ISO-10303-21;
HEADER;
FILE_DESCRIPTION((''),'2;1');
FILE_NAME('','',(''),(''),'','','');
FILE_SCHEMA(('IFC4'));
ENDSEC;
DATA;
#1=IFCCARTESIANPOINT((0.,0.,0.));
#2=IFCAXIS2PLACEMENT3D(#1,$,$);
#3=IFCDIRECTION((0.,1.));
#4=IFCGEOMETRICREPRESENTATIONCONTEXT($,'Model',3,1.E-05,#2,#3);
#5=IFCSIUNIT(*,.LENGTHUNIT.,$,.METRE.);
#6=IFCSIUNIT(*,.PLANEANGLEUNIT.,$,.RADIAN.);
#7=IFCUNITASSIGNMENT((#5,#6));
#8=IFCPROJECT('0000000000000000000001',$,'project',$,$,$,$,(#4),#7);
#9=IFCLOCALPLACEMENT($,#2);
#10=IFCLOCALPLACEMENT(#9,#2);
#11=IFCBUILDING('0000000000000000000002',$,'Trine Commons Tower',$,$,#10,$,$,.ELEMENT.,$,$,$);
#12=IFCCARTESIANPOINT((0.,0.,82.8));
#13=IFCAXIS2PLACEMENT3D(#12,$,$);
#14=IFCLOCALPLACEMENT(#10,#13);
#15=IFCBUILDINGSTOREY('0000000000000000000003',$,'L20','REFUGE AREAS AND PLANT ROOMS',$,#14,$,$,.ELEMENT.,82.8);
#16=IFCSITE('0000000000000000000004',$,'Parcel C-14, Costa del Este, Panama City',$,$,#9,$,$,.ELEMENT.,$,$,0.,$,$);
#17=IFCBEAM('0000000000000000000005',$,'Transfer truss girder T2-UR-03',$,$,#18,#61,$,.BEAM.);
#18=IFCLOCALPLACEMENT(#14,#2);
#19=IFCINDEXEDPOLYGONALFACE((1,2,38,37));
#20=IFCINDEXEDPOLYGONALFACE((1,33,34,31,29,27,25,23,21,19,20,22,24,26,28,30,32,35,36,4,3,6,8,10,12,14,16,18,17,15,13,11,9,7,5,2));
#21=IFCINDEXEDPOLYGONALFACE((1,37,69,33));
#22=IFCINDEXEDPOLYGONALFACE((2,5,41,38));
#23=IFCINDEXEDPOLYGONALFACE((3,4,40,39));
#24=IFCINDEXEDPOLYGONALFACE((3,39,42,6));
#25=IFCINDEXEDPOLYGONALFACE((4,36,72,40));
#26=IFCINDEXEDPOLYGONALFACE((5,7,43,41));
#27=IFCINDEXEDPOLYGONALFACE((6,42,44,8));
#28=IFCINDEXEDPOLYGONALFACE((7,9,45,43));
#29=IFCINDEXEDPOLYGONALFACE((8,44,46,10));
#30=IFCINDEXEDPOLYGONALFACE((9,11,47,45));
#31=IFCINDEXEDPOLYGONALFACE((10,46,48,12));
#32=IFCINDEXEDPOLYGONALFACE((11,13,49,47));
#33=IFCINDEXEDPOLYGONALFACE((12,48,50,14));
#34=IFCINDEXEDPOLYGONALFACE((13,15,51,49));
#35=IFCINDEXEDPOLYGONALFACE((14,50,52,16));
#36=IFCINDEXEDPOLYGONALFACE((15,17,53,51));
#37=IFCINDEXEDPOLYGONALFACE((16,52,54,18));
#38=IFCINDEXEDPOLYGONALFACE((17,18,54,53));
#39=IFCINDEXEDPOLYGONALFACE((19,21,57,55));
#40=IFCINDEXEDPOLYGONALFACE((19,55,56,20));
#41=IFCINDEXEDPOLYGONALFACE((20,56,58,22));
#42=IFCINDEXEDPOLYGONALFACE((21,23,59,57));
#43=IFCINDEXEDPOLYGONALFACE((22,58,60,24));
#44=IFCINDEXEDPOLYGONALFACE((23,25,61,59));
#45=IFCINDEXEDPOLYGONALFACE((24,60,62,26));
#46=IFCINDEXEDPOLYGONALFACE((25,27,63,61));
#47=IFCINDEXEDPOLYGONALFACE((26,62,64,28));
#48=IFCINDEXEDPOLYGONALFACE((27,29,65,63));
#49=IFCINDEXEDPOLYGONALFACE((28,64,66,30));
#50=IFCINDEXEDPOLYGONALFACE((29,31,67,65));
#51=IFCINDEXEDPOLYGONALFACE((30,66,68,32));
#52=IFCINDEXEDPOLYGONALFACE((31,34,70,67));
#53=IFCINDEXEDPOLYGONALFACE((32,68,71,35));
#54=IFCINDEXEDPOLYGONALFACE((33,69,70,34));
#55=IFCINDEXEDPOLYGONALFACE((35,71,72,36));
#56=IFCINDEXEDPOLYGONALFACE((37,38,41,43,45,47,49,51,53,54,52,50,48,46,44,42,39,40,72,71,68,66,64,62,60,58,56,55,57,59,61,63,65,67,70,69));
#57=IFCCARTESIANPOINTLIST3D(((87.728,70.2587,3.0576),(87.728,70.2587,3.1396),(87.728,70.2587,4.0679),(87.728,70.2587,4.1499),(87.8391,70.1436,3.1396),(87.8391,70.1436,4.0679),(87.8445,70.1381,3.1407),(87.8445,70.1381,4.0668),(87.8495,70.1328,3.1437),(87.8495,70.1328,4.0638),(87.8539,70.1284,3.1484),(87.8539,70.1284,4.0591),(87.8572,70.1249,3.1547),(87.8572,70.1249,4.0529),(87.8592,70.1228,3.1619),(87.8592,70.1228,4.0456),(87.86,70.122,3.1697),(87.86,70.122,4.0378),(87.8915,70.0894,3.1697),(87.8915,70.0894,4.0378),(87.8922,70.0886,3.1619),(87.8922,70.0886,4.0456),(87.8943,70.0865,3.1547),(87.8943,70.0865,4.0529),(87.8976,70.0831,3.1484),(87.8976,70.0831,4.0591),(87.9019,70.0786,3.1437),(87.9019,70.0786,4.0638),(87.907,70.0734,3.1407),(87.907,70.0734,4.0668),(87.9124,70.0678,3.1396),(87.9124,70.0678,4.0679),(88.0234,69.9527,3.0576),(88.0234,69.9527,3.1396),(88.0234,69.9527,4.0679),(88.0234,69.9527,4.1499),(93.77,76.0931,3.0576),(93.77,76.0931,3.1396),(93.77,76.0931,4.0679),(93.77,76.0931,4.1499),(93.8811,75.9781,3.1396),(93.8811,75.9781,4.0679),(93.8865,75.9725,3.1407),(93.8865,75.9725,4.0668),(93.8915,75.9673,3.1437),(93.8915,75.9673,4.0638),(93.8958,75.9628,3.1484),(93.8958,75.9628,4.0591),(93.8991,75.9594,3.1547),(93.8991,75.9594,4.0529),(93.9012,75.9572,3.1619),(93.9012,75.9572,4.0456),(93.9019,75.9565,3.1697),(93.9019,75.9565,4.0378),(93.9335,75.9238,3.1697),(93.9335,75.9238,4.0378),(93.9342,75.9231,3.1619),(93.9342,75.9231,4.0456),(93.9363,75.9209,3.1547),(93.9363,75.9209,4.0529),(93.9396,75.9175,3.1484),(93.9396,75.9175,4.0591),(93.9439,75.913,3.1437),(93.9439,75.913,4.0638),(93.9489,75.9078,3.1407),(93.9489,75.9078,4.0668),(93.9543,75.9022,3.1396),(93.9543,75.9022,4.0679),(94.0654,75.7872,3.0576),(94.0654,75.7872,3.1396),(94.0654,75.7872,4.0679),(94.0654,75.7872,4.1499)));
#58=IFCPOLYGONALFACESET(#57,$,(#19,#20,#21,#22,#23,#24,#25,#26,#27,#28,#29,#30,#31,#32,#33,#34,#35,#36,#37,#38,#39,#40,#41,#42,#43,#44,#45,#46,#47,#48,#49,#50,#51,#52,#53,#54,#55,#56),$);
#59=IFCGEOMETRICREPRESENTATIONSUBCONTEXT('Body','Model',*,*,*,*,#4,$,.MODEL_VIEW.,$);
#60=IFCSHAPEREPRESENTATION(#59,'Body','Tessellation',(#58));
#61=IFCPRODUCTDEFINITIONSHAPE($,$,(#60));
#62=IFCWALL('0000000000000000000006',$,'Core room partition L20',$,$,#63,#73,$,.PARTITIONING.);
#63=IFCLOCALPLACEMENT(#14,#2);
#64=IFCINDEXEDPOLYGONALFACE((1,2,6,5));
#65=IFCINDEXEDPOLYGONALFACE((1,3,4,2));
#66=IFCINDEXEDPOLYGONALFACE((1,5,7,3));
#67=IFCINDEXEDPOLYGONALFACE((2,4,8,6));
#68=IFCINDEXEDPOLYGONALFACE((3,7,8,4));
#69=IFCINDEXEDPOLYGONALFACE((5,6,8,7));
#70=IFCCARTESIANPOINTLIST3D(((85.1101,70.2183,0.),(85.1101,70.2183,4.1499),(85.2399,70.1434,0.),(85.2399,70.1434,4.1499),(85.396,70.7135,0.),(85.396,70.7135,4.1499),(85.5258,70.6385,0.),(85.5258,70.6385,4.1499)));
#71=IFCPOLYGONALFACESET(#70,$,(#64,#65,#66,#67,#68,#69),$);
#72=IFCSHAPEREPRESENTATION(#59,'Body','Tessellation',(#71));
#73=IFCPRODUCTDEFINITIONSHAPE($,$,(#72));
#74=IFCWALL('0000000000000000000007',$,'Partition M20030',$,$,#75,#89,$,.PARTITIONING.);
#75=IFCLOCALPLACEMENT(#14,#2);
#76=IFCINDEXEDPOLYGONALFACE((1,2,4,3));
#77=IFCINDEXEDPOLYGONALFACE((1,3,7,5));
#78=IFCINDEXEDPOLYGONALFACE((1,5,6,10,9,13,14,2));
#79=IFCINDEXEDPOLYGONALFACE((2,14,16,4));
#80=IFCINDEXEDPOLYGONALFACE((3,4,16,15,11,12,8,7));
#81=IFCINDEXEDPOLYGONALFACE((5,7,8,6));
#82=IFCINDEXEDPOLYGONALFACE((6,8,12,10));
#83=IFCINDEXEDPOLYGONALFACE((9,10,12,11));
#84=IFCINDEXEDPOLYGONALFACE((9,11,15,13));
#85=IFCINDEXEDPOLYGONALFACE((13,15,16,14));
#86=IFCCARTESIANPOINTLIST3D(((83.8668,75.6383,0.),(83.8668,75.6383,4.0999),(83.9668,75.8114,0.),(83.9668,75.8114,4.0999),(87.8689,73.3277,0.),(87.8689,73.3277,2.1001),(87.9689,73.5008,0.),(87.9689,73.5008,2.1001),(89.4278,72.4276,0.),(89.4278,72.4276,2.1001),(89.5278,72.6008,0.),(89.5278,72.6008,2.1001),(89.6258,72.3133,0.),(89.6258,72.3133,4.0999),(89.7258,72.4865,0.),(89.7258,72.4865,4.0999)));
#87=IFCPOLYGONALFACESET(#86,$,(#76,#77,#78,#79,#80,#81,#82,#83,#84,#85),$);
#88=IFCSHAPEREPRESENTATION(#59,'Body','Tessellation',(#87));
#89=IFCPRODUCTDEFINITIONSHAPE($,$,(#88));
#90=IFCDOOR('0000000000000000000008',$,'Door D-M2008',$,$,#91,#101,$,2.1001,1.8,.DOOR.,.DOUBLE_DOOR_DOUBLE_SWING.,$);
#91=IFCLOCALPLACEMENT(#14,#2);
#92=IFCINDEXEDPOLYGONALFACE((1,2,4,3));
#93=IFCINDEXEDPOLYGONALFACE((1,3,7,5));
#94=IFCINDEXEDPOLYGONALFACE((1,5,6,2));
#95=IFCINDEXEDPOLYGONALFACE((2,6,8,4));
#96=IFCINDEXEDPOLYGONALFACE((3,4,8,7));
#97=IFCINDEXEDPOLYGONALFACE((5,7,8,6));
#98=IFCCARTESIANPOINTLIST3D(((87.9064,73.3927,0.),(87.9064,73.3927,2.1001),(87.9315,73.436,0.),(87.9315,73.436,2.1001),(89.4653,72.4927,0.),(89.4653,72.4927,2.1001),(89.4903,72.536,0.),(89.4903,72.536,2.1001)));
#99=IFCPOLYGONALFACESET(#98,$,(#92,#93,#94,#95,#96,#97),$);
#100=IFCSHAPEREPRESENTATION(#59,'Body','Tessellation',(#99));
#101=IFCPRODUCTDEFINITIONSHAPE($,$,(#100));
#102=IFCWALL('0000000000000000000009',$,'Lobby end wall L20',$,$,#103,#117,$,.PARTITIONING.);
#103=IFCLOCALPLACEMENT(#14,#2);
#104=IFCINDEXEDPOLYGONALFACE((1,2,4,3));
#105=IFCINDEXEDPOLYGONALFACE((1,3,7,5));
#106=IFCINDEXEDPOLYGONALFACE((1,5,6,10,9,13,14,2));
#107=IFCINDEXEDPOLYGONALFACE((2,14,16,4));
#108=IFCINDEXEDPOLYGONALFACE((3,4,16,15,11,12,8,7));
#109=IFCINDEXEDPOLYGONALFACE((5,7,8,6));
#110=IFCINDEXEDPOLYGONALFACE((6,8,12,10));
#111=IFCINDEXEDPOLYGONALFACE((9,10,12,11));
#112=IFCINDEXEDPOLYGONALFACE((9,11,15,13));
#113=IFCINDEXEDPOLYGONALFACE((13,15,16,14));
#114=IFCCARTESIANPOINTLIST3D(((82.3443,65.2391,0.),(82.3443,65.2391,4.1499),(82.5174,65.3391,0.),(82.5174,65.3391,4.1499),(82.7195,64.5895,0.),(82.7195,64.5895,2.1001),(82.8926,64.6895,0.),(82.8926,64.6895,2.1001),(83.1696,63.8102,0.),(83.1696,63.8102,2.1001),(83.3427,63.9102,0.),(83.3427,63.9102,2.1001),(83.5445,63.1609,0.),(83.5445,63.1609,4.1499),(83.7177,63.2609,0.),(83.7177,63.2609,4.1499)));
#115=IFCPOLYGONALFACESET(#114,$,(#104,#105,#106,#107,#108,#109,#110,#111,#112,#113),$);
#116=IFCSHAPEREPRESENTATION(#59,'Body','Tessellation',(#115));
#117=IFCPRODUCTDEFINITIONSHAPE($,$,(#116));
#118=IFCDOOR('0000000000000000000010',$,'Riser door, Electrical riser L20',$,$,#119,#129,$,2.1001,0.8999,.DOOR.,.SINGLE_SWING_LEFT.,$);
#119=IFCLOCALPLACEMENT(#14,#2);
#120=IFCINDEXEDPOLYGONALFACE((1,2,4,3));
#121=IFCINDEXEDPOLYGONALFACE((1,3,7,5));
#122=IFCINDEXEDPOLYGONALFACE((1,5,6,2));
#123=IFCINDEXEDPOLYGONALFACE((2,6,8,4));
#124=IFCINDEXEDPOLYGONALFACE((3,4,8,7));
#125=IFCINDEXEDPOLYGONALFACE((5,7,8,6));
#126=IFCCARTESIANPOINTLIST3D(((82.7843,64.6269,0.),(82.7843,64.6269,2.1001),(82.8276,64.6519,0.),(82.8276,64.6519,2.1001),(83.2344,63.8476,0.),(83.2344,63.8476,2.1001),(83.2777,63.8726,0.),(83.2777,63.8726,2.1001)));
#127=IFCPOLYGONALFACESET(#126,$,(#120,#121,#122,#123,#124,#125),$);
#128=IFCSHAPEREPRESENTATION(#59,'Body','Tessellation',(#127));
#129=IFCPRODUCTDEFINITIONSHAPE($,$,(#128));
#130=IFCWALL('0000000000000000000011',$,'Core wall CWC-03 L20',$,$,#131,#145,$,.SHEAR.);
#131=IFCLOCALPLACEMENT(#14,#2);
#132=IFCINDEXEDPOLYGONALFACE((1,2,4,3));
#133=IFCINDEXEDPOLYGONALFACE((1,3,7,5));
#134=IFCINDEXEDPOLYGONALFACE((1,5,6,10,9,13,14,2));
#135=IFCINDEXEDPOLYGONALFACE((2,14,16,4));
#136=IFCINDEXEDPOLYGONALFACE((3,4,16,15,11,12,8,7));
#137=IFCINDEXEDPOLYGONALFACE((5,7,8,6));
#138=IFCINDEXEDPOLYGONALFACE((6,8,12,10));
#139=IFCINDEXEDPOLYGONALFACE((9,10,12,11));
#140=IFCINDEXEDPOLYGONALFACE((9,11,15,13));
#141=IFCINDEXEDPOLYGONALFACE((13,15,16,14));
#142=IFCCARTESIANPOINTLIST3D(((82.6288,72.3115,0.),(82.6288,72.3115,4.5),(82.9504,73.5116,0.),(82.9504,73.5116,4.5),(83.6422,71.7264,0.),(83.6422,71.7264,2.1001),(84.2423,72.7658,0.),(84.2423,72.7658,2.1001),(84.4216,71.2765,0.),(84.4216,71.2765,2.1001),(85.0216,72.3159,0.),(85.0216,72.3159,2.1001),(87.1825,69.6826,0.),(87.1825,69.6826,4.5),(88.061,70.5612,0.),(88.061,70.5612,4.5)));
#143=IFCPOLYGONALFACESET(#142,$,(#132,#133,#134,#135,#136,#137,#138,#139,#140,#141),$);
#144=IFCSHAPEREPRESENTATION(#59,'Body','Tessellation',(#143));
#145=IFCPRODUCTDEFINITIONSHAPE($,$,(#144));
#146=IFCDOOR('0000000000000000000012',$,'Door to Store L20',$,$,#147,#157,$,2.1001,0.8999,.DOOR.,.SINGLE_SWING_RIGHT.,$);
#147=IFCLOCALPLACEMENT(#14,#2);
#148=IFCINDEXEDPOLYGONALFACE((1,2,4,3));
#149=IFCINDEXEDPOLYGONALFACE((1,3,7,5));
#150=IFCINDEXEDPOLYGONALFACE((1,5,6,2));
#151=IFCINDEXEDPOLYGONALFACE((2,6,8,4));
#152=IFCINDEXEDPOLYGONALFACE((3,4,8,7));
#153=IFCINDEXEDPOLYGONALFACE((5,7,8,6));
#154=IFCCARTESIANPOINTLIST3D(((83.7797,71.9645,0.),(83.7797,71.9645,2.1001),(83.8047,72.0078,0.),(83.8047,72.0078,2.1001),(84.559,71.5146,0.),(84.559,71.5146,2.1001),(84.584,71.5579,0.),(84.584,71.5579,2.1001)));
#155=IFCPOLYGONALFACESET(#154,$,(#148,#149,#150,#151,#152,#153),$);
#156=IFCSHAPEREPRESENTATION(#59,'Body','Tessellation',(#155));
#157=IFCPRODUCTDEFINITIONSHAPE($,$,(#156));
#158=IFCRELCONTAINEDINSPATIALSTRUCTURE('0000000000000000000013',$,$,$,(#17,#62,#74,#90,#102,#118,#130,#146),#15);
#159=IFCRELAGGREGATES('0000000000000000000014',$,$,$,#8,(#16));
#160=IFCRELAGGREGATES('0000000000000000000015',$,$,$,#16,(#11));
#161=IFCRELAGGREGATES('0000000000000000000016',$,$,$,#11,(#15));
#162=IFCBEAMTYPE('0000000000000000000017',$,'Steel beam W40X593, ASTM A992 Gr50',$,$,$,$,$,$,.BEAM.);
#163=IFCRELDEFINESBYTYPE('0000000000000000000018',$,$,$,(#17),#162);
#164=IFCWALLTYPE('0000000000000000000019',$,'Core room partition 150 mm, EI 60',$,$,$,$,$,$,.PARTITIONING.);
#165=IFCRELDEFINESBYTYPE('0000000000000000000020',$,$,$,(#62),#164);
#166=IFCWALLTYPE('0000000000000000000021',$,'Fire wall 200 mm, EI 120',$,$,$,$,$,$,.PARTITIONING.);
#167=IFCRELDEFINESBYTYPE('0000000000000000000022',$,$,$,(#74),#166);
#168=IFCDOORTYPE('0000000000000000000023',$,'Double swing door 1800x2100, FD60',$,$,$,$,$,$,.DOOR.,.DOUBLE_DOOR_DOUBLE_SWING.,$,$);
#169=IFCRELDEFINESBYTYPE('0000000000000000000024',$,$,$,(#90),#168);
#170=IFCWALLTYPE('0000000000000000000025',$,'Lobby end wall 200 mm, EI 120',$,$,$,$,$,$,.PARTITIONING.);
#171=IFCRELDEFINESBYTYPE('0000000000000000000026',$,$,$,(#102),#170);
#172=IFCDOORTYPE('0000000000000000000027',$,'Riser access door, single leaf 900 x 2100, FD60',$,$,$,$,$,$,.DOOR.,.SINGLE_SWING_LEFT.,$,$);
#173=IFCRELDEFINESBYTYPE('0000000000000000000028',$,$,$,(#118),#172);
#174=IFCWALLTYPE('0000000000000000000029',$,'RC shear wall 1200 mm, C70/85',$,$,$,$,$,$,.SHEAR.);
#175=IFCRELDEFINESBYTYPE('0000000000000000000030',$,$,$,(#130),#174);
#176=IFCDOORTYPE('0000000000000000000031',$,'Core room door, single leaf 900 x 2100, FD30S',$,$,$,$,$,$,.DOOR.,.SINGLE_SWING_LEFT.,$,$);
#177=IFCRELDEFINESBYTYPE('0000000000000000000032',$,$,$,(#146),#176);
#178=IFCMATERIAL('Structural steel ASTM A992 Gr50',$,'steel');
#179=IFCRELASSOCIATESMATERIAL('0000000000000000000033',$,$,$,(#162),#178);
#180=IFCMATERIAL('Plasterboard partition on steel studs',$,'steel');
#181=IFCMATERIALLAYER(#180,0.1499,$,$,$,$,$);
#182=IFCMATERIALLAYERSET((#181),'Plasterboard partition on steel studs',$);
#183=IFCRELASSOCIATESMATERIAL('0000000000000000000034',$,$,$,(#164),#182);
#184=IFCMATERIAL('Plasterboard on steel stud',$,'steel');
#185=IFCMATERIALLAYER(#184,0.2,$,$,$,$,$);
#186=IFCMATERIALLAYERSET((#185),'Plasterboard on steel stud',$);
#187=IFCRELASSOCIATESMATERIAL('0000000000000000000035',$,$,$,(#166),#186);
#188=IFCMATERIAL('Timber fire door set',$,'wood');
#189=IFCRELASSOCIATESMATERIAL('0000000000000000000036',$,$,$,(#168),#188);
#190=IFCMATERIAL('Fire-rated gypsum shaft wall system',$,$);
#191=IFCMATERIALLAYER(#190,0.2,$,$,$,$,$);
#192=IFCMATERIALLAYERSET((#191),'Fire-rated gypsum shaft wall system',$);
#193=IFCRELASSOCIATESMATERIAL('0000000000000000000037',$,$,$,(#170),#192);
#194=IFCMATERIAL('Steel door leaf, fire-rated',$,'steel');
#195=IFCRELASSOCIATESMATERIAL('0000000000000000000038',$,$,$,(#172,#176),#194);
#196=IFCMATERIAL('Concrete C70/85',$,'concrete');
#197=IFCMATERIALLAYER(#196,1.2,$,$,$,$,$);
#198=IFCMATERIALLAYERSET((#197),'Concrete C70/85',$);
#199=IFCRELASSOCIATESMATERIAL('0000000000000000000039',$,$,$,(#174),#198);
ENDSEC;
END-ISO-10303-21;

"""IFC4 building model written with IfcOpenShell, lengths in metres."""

from ifc_helpers import new_model, si_unit, direction, frame, frame_2d, origin, origin_2d, place, context, subcontext, project, spatial, polyline, rectangle, i_section, outline, extrude, material, layer, layer_set, material_profile, profile_set, type_object, element, fill, save


model = new_model("IFC4")

# Units and contexts
model_context = context("Model", 3, precision=1e-05, world=origin(), true_north=direction((0.0, 1.0)))
body_context = subcontext(model_context, "Body", "Model", "MODEL_VIEW")
ifc_project = project(units=[si_unit("LENGTHUNIT", "METRE"), si_unit("PLANEANGLEUNIT", "RADIAN")], contexts=[model_context])

# Site, building, storey
site_placement = place(None, origin())
site = spatial("IfcSite", under=ifc_project, at=site_placement, Name="Parcel C-14, Costa del Este, Panama City", CompositionType="ELEMENT", RefElevation=0.0)
building_placement = place(site_placement, origin())
building = spatial("IfcBuilding", under=site, at=building_placement, Name="Trine Commons Tower", CompositionType="ELEMENT")
storey_placement = place(building_placement, frame((0.0, 0.0, 82.8)))
storey = spatial("IfcBuildingStorey", under=building, at=storey_placement, Name="L20", Description="REFUGE AREAS AND PLANT ROOMS", CompositionType="ELEMENT", Elevation=82.8)

# Beam
ifc_material_1 = material(Name="Structural steel ASTM A992 Gr50", Category="steel")
ifc_material_profile = material_profile(ifc_material_1, i_section(OverallWidth=0.4253, OverallDepth=1.0923, WebThickness=0.0454, FlangeThickness=0.082, FilletRadius=0.03, at=origin_2d()), Name="W40X593")
ifc_profile_set = profile_set([ifc_material_profile], Name="Structural steel ASTM A992 Gr50")
beam_type = type_object("IfcBeamType", Name="Steel beam W40X593, ASTM A992 Gr50", PredefinedType="BEAM", material=ifc_profile_set)
beam_placement = place(storey_placement, frame((87.8757, 70.1057, 3.6038), z_axis=(0.719352, 0.694645, 0.0), x_axis=(-0.694645, 0.719352, 0.0)))
element("IfcBeam", 1, at=beam_placement, inside=storey, type_object=beam_type, Name="Transfer truss girder T2-UR-03", PredefinedType="BEAM", context=body_context, shape_type="SweptSolid", body=[
    extrude(i_section(OverallWidth=0.4253, OverallDepth=1.0923, WebThickness=0.0454, FlangeThickness=0.082, FilletRadius=0.03, at=origin_2d()), origin(), (0.0, 0.0, 1.0), 8.3992),
])

# Wall
ifc_material_2 = material(Name="Plasterboard partition on steel studs", Category="steel")
ifc_layer_1 = layer(ifc_material_2, 0.1499)
ifc_layer_set_1 = layer_set([ifc_layer_1], Name="Plasterboard partition on steel studs")
wall_type_1 = type_object("IfcWallType", Name="Core room partition 150 mm, EI 60", PredefinedType="PARTITIONING", material=ifc_layer_set_1)
wall_1_placement = place(storey_placement, frame((85.4609, 70.676, 0.0), z_axis=(0.0, 0.0, 1.0), x_axis=(-0.500043, -0.866001, 0.0)))
element("IfcWall", 2, at=wall_1_placement, inside=storey, type_object=wall_type_1, Name="Core room partition L20", PredefinedType="PARTITIONING", context=body_context, shape_type="SweptSolid", body=[
    extrude(rectangle(XDim=0.5718, YDim=0.1499, at=frame_2d((0.2859, 0.0))), origin(), (0.0, 0.0, 1.0), 4.1499),
])

# Walls, openings, doors
ifc_material_3 = material(Name="Plasterboard on steel stud", Category="steel")
ifc_layer_2 = layer(ifc_material_3, 0.2)
ifc_layer_set_2 = layer_set([ifc_layer_2], Name="Plasterboard on steel stud")
wall_type_2 = type_object("IfcWallType", Name="Fire wall 200 mm, EI 120", PredefinedType="PARTITIONING", material=ifc_layer_set_2)
wall_2_placement = place(storey_placement, frame((89.6758, 72.3999, 0.0), z_axis=(0.0, 0.0, 1.0), x_axis=(-0.866027, 0.499997, 0.0)))
wall_2 = element("IfcWall", 3, at=wall_2_placement, inside=storey, type_object=wall_type_2, Name="Partition M20030", PredefinedType="PARTITIONING", context=body_context, shape_type="SweptSolid", body=[
    extrude(rectangle(XDim=6.6499, YDim=0.2, at=frame_2d((3.325, 0.0))), origin(), (0.0, 0.0, 1.0), 4.0999),
])
opening_1_placement = place(wall_2_placement, frame((0.2288, 0.0, 0.0)))
opening_1 = element("IfcOpeningElement", 4, at=opening_1_placement, cuts=wall_2, PredefinedType="OPENING", context=body_context, shape_type="SweptSolid", body=[
    extrude(rectangle(XDim=1.8, YDim=2.1001, at=frame_2d((0.8999, 1.05))), frame((0.0, 0.1099, 0.0), z_axis=(0.0, -1.0, 0.0), x_axis=(1.0, 0.0, 0.0)), (0.0, 0.0, 1.0), 0.22),
])
ifc_material_4 = material(Name="Timber fire door set", Category="wood")
door_type_1 = type_object("IfcDoorType", Name="Double swing door 1800x2100, FD60", OperationType="DOUBLE_DOOR_DOUBLE_SWING", PredefinedType="DOOR", material=ifc_material_4)
door_1_placement = place(opening_1_placement, origin())
door_1 = element("IfcDoor", 5, at=door_1_placement, inside=storey, type_object=door_type_1, Name="Door D-M2008", OperationType="DOUBLE_DOOR_DOUBLE_SWING", OverallHeight=2.1001, OverallWidth=1.8, PredefinedType="DOOR", context=body_context, shape_type="SweptSolid", body=[
    extrude(rectangle(XDim=1.8, YDim=2.1001, at=frame_2d((0.8999, 1.05))), frame((0.0, 0.0249, 0.0), z_axis=(0.0, -1.0, 0.0), x_axis=(1.0, 0.0, 0.0)), (0.0, 0.0, 1.0), 0.05),
])
fill(opening_1, door_1)
ifc_material_5 = material(Name="Fire-rated gypsum shaft wall system")
ifc_layer_3 = layer(ifc_material_5, 0.2)
ifc_layer_set_3 = layer_set([ifc_layer_3], Name="Fire-rated gypsum shaft wall system")
wall_type_3 = type_object("IfcWallType", Name="Lobby end wall 200 mm, EI 120", PredefinedType="PARTITIONING", material=ifc_layer_set_3)
wall_3_placement = place(storey_placement, frame((83.6311, 63.2109, 0.0), z_axis=(0.0, 0.0, 1.0), x_axis=(-0.500122, 0.865955, 0.0)))
wall_3 = element("IfcWall", 6, at=wall_3_placement, inside=storey, type_object=wall_type_3, Name="Lobby end wall L20", PredefinedType="PARTITIONING", context=body_context, shape_type="SweptSolid", body=[
    extrude(rectangle(XDim=2.3999, YDim=0.2, at=frame_2d((1.2, 0.0))), origin(), (0.0, 0.0, 1.0), 4.1499),
])
opening_2_placement = place(wall_3_placement, frame((0.7498, 0.0, 0.0)))
opening_2 = element("IfcOpeningElement", 7, at=opening_2_placement, cuts=wall_3, PredefinedType="OPENING", context=body_context, shape_type="SweptSolid", body=[
    extrude(rectangle(XDim=0.8999, YDim=2.1001, at=frame_2d((0.45, 1.05))), frame((0.0, 0.1099, 0.0), z_axis=(0.0, -1.0, 0.0), x_axis=(1.0, 0.0, 0.0)), (0.0, 0.0, 1.0), 0.22),
])
ifc_material_6 = material(Name="Steel door leaf, fire-rated", Category="steel")
door_type_2 = type_object("IfcDoorType", Name="Riser access door, single leaf 900 x 2100, FD60", OperationType="SINGLE_SWING_LEFT", PredefinedType="DOOR", material=ifc_material_6)
door_2_placement = place(opening_2_placement, frame((0.8999, 0.0, 0.0), z_axis=(0.0, 0.0, 1.0), x_axis=(-1.0, 0.0, 0.0)))
door_2 = element("IfcDoor", 8, at=door_2_placement, inside=storey, type_object=door_type_2, Name="Riser door, Electrical riser L20", OperationType="SINGLE_SWING_LEFT", OverallHeight=2.1001, OverallWidth=0.8999, PredefinedType="DOOR", context=body_context, shape_type="SweptSolid", body=[
    extrude(rectangle(XDim=0.8999, YDim=2.1001, at=frame_2d((0.45, 1.05))), frame((0.0, 0.0249, 0.0), z_axis=(0.0, -1.0, 0.0), x_axis=(1.0, 0.0, 0.0)), (0.0, 0.0, 1.0), 0.05),
])
fill(opening_2, door_2)
ifc_material_7 = material(Name="Concrete C70/85", Category="concrete")
ifc_layer_4 = layer(ifc_material_7, 1.2)
ifc_layer_set_4 = layer_set([ifc_layer_4], Name="Concrete C70/85")
wall_type_4 = type_object("IfcWallType", Name="RC shear wall 1200 mm, C70/85", PredefinedType="SHEAR", material=ifc_layer_set_4)
wall_4_placement = place(storey_placement, frame((87.761, 70.0415, 0.0), z_axis=(0.0, 0.0, 1.0), x_axis=(-0.866037, 0.499979, 0.0)))
wall_4 = element("IfcWall", 9, at=wall_4_placement, inside=storey, type_object=wall_type_4, Name="Core wall CWC-03 L20", PredefinedType="SHEAR", context=body_context, shape_type="SweptSolid", body=[
    extrude(outline(polyline([(0.0, -0.6001), (5.9011, -0.6001), (5.5796, 0.6001), (0.3215, 0.6001), (0.0, -0.6001)])), origin(), (0.0, 0.0, 1.0), 4.5),
])
opening_3_placement = place(wall_4_placement, frame((3.5095, 0.0, 0.0)))
opening_3 = element("IfcOpeningElement", 10, at=opening_3_placement, cuts=wall_4, PredefinedType="OPENING", context=body_context, shape_type="SweptSolid", body=[
    extrude(rectangle(XDim=0.8999, YDim=2.1001, at=frame_2d((0.45, 1.05))), frame((0.0, 0.6099, 0.0), z_axis=(0.0, -1.0, 0.0), x_axis=(1.0, 0.0, 0.0)), (0.0, 0.0, 1.0), 1.22),
])
door_type_3 = type_object("IfcDoorType", Name="Core room door, single leaf 900 x 2100, FD30S", OperationType="SINGLE_SWING_LEFT", PredefinedType="DOOR", material=ifc_material_6)
door_3_placement = place(opening_3_placement, origin())
door_3 = element("IfcDoor", 11, at=door_3_placement, inside=storey, type_object=door_type_3, Name="Door to Store L20", OperationType="SINGLE_SWING_RIGHT", OverallHeight=2.1001, OverallWidth=0.8999, PredefinedType="DOOR", context=body_context, shape_type="SweptSolid", body=[
    extrude(rectangle(XDim=0.8999, YDim=2.1001, at=frame_2d((0.45, 1.05))), frame((0.0, 0.3252, 0.0), z_axis=(0.0, -1.0, 0.0), x_axis=(1.0, 0.0, 0.0)), (0.0, 0.0, 1.0), 0.05),
])
fill(opening_3, door_3)

save(model, "model.ifc")
